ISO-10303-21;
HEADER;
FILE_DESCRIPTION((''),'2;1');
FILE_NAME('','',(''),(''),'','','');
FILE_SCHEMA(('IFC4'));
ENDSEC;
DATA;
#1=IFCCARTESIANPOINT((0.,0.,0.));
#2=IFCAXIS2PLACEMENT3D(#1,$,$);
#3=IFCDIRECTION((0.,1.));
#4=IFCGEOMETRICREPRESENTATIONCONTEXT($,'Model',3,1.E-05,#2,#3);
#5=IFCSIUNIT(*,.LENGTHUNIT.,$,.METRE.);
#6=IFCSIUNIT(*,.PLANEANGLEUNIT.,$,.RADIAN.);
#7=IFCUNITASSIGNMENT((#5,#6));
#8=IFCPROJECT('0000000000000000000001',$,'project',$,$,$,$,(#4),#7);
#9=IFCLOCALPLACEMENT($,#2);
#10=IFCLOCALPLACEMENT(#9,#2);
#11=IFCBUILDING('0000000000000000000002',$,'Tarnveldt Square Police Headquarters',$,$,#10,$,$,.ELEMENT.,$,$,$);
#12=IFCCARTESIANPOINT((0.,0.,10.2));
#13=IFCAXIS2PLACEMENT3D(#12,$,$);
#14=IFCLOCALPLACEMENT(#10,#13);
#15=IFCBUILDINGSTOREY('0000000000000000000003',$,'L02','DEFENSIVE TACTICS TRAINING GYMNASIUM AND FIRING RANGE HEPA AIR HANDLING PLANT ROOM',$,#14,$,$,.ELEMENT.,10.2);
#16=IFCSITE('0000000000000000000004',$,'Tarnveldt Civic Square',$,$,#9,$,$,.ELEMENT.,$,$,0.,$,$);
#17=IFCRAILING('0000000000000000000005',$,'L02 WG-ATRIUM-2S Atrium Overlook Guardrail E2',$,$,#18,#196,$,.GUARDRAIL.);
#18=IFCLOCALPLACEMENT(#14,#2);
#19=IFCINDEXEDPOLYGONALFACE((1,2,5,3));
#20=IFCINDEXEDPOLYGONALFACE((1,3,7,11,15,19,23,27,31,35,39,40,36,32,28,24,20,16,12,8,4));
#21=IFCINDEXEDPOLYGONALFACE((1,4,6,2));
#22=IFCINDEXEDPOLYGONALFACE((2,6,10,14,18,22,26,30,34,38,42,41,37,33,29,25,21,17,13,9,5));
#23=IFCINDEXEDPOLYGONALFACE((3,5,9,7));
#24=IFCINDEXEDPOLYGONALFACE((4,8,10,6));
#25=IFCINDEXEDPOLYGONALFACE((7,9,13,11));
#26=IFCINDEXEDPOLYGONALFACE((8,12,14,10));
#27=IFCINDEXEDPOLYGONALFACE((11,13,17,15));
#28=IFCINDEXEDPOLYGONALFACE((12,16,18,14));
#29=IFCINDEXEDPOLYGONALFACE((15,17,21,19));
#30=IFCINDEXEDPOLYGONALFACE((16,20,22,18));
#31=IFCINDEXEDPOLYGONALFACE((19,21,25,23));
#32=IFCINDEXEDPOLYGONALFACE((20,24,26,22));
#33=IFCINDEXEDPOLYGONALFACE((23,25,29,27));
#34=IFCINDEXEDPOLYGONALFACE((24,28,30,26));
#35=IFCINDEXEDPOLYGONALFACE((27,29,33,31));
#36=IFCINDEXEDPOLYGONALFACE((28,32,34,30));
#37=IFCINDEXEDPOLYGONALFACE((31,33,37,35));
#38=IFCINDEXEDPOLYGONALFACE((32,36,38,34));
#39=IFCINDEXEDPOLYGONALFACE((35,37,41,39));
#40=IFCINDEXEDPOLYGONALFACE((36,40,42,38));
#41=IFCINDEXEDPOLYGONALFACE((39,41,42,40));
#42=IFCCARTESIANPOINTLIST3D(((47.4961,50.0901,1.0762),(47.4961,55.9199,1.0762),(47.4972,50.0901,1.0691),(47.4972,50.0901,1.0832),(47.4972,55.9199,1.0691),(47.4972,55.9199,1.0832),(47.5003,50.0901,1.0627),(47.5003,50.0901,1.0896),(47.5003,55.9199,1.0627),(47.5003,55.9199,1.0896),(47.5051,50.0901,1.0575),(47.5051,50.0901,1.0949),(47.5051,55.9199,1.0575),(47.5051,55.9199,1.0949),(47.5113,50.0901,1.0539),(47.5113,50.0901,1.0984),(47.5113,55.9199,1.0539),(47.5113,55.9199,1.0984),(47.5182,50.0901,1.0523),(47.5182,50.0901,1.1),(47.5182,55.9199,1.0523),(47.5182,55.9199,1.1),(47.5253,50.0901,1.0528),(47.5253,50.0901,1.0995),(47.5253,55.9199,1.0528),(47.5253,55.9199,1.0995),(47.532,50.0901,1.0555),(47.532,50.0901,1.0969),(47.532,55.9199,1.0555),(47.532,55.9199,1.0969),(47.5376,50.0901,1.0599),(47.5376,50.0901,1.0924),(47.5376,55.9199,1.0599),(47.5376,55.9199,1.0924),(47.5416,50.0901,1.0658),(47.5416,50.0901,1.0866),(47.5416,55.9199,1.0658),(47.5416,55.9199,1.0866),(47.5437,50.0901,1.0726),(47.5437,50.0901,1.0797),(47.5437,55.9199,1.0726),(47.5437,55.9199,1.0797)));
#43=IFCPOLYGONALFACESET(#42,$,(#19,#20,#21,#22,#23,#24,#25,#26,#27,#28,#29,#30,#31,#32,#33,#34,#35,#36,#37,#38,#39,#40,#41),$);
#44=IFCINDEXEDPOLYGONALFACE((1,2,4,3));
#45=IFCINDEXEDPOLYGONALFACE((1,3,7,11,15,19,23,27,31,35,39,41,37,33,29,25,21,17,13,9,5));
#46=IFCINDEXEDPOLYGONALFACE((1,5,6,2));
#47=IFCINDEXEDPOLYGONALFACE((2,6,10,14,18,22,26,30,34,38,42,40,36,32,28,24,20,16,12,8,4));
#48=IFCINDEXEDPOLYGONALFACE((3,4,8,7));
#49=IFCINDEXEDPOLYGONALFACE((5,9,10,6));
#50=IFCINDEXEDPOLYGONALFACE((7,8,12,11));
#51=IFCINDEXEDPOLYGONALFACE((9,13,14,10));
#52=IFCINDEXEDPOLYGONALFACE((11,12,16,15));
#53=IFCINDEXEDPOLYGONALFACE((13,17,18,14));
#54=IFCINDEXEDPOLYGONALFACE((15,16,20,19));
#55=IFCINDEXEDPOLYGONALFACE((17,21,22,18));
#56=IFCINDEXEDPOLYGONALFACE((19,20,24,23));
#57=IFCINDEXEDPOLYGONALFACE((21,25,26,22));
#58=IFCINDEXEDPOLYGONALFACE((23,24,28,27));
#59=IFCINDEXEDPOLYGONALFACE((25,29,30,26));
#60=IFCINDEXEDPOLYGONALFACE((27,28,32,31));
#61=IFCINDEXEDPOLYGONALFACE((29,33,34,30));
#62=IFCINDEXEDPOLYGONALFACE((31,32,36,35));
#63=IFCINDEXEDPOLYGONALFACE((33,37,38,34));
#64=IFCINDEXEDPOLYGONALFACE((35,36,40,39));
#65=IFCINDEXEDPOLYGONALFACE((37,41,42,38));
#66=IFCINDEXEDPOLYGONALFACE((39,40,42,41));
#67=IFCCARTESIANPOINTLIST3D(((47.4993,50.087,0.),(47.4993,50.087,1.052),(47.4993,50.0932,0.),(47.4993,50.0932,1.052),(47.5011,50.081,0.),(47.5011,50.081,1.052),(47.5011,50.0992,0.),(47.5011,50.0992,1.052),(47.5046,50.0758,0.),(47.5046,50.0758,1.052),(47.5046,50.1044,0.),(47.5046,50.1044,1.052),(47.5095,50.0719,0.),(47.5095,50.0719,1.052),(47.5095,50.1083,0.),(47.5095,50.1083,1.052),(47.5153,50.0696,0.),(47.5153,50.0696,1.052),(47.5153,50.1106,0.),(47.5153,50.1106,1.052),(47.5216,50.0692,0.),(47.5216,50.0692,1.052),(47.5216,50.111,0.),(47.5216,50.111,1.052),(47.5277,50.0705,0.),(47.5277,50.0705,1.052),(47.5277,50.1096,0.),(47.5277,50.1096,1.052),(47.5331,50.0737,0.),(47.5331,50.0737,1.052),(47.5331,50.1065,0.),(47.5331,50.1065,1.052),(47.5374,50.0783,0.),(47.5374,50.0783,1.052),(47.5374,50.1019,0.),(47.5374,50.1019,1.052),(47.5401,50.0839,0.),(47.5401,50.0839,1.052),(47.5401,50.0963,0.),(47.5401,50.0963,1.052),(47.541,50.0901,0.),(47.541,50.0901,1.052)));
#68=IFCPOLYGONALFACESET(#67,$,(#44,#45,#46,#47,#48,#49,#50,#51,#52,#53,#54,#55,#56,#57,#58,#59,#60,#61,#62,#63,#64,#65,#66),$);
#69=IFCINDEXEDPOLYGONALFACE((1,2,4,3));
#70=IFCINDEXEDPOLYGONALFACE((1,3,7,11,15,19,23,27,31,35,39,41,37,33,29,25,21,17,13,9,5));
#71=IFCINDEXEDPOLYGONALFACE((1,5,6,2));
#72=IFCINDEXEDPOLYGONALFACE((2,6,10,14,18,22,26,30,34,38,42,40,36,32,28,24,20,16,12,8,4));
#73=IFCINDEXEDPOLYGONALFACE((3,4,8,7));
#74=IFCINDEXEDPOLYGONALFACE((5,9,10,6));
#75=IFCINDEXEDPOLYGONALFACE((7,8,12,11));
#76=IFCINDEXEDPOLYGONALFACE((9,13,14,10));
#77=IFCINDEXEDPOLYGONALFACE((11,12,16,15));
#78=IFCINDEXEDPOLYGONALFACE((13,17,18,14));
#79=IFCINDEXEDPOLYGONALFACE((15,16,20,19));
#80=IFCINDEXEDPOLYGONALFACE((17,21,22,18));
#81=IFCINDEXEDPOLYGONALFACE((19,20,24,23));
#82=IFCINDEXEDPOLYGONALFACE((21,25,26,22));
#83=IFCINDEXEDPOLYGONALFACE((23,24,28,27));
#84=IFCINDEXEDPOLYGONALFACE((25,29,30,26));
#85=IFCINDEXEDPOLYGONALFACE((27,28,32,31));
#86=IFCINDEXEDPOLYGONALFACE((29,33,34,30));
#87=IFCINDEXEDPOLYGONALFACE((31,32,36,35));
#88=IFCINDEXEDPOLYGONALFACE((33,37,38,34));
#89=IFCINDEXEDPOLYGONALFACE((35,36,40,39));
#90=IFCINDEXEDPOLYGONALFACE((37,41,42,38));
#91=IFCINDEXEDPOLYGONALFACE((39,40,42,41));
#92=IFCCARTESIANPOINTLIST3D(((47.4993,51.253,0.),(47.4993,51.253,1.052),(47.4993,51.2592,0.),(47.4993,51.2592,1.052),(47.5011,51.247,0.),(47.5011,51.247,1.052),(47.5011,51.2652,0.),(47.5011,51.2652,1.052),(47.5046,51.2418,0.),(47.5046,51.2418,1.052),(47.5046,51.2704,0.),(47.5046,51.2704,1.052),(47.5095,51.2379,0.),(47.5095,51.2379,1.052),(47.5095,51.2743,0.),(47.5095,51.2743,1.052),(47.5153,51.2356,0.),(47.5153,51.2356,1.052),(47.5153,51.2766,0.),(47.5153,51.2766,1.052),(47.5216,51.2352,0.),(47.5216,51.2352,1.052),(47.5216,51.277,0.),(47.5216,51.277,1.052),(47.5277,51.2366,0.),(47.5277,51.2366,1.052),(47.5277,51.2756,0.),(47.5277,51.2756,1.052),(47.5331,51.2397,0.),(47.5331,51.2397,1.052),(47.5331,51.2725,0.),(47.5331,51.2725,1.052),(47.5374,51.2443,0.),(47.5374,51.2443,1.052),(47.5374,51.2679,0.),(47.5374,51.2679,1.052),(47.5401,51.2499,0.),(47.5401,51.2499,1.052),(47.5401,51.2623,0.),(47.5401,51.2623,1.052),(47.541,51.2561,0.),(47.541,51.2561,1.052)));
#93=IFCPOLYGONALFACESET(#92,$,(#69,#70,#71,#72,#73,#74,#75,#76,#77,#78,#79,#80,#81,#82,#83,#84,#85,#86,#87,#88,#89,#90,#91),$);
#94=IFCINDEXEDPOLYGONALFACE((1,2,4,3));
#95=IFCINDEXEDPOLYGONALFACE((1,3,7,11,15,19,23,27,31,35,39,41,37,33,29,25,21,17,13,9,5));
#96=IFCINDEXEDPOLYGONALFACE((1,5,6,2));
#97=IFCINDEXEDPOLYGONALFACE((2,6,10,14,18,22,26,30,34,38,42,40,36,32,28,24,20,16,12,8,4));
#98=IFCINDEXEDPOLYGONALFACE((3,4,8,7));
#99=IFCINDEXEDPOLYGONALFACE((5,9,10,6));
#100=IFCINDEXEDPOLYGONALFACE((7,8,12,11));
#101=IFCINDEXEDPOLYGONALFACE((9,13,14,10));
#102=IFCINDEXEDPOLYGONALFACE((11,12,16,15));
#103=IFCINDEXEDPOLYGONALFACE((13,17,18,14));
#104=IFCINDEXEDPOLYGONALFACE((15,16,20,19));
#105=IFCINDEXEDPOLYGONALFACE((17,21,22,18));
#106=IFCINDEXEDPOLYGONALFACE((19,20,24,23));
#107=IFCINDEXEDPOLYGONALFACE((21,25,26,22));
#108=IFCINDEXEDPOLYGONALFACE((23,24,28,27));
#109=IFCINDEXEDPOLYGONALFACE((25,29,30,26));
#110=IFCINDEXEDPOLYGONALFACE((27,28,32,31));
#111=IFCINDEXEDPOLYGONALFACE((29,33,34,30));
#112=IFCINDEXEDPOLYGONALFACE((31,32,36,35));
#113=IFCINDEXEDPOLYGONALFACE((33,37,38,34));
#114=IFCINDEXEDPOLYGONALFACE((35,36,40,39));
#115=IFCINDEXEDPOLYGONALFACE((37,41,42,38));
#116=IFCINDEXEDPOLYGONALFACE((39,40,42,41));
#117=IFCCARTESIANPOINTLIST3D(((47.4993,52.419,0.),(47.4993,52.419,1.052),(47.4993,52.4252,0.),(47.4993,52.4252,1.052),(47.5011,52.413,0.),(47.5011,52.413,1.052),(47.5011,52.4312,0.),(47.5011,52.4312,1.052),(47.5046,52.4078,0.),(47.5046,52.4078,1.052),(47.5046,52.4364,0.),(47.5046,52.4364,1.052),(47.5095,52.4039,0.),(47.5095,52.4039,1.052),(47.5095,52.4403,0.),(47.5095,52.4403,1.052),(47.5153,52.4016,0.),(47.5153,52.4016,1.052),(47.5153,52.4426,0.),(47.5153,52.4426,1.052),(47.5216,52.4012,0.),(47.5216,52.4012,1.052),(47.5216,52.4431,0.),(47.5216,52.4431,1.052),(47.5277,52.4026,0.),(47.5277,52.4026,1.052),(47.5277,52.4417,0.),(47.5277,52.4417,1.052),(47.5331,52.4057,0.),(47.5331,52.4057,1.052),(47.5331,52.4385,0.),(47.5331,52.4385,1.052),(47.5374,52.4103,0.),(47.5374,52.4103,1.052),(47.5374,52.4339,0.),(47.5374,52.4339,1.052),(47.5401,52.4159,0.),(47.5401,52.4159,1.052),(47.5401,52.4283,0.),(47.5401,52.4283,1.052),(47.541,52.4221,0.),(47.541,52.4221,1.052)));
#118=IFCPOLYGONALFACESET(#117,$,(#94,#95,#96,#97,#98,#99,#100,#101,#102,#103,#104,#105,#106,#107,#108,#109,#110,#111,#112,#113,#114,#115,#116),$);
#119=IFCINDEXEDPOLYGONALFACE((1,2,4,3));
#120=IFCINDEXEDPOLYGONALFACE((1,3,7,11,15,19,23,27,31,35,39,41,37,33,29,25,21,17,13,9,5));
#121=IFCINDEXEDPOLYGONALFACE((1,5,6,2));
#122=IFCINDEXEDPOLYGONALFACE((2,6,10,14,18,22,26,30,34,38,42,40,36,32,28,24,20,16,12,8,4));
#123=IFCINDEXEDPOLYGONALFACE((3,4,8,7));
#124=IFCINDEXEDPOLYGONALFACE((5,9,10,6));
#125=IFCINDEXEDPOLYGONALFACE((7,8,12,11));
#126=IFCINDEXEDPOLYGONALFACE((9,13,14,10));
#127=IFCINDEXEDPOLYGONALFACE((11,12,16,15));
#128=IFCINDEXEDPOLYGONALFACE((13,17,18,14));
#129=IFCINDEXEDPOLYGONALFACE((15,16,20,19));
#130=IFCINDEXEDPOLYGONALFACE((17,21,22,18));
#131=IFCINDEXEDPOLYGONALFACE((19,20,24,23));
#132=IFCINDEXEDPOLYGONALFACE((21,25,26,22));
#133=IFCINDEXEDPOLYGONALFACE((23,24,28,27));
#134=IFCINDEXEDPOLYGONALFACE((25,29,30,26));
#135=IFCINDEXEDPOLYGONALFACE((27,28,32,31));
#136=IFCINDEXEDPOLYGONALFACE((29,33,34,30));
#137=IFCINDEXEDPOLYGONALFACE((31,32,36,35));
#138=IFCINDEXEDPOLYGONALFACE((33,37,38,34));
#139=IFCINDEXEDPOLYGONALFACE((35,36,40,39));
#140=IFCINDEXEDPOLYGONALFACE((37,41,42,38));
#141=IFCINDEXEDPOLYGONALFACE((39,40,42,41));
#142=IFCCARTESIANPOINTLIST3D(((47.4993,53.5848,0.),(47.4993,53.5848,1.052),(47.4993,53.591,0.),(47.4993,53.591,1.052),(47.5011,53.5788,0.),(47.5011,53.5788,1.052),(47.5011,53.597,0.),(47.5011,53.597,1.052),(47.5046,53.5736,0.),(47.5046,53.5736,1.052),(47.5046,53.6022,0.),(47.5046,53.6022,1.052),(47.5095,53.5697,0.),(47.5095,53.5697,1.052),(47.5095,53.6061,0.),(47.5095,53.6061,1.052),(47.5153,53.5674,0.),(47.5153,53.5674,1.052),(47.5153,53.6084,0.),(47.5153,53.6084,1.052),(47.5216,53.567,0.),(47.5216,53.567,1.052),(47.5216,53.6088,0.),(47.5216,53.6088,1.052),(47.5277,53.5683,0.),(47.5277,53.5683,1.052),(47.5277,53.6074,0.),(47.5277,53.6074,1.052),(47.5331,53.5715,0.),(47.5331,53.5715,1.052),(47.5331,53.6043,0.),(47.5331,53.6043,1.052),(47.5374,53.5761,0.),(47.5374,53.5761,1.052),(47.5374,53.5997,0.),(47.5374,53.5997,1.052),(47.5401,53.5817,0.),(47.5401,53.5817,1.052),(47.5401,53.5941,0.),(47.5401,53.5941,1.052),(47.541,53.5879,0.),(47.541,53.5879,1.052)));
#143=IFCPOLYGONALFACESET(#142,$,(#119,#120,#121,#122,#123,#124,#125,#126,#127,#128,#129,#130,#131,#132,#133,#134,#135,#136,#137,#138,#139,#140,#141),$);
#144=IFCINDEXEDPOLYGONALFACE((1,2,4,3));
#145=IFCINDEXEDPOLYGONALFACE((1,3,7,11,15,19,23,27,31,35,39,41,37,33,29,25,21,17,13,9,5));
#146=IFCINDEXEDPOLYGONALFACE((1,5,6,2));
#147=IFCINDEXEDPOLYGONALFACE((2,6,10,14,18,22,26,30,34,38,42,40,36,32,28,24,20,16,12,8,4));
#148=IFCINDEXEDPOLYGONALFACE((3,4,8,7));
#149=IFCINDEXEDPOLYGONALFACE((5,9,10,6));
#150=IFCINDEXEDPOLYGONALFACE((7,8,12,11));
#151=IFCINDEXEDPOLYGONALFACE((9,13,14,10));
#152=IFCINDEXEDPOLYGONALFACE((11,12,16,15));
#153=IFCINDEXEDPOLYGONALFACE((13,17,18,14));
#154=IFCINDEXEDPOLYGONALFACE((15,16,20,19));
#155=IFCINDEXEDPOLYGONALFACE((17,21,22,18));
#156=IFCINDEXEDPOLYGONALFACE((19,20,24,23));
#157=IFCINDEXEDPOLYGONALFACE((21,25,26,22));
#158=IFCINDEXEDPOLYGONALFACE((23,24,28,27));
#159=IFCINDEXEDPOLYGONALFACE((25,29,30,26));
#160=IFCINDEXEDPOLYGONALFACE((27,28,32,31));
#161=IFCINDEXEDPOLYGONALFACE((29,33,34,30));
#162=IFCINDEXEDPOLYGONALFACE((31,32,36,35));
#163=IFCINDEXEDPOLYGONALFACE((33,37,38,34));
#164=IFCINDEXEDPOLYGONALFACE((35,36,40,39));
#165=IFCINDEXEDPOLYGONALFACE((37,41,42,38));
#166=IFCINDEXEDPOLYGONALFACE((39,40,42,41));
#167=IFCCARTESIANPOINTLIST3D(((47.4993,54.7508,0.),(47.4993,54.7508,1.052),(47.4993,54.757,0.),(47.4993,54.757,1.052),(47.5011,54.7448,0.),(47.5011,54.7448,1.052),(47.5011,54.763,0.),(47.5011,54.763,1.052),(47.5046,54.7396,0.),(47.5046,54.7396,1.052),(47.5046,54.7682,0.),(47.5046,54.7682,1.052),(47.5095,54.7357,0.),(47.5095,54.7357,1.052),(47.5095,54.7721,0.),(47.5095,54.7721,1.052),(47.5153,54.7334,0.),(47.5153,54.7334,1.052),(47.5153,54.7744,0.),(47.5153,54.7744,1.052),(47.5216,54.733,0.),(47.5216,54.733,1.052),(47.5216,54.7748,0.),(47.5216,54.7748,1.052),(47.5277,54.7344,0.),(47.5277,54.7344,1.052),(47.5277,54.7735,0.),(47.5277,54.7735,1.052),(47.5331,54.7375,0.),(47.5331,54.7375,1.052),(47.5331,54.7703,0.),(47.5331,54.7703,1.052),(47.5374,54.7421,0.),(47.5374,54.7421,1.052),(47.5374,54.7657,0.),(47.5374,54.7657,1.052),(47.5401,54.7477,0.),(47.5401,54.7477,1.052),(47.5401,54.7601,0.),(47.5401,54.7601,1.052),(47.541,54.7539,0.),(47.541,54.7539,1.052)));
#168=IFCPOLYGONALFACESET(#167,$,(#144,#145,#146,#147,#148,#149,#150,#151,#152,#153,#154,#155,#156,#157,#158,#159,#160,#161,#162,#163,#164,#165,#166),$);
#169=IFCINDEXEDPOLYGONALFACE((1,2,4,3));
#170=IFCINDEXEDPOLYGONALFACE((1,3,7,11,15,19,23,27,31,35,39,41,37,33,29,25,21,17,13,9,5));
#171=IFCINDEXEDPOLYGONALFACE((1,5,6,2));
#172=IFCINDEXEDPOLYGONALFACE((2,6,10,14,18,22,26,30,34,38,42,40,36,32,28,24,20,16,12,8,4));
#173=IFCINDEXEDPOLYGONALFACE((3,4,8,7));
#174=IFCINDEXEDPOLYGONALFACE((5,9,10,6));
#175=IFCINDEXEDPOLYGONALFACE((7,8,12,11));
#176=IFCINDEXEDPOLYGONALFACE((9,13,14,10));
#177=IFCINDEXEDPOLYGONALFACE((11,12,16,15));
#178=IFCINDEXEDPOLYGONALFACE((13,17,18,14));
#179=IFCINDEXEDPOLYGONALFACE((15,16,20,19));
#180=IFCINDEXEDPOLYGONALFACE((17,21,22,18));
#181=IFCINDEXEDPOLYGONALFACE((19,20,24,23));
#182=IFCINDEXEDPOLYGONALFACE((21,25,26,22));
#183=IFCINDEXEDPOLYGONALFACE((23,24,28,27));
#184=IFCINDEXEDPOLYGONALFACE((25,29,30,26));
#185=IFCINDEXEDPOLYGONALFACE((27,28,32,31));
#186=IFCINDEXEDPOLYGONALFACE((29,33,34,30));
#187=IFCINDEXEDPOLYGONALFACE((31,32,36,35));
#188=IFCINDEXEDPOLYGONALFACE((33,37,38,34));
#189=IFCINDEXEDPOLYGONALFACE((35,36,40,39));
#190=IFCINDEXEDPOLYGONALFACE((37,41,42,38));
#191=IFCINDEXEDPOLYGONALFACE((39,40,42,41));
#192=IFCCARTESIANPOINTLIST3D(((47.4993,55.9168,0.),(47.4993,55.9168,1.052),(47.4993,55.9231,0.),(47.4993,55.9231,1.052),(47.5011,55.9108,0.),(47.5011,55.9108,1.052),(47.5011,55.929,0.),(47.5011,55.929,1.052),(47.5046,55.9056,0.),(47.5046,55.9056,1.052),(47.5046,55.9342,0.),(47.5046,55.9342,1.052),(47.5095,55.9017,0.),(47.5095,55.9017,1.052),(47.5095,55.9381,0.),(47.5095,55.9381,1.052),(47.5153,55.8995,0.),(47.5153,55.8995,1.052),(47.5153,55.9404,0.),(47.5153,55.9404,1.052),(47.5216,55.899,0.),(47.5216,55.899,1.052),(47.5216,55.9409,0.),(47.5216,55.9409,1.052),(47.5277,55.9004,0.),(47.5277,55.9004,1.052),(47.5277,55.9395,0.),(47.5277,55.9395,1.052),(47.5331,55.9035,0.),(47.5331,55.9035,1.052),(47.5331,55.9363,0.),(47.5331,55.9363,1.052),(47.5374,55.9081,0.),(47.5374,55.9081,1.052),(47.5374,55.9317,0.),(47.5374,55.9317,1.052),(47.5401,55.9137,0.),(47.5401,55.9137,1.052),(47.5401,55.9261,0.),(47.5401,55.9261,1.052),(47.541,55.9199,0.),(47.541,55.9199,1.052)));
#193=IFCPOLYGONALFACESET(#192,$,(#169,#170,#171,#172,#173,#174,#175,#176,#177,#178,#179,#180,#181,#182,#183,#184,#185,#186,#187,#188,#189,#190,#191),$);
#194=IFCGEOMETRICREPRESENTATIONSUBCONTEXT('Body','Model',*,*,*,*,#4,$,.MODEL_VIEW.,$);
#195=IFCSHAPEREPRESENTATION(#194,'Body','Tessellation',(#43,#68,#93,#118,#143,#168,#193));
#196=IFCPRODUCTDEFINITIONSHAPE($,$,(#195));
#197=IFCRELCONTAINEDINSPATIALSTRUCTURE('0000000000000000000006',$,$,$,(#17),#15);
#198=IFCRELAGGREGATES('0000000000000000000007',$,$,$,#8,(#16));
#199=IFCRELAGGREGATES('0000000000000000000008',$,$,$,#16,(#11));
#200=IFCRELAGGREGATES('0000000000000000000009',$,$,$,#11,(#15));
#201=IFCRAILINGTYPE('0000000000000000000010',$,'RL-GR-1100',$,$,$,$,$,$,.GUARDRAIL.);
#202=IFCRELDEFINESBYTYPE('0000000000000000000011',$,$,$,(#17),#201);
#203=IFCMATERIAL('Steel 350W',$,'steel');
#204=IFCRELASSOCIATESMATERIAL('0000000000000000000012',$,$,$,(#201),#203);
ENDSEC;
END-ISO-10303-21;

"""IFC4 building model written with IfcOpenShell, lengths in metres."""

from ifc_helpers import new_model, si_unit, direction, frame, origin, origin_2d, place, context, subcontext, project, spatial, circle, extrude, material, type_object, element, save


model = new_model("IFC4")

# Units and contexts
model_context = context("Model", 3, precision=1e-05, world=origin(), true_north=direction((0.0, 1.0)))
body_context = subcontext(model_context, "Body", "Model", "MODEL_VIEW")
ifc_project = project(units=[si_unit("LENGTHUNIT", "METRE"), si_unit("PLANEANGLEUNIT", "RADIAN")], contexts=[model_context])

# Site, building, storey
site_placement = place(None, origin())
site = spatial("IfcSite", under=ifc_project, at=site_placement, Name="Tarnveldt Civic Square", CompositionType="ELEMENT", RefElevation=0.0)
building_placement = place(site_placement, origin())
building = spatial("IfcBuilding", under=site, at=building_placement, Name="Tarnveldt Square Police Headquarters", CompositionType="ELEMENT")
storey_placement = place(building_placement, frame((0.0, 0.0, 10.2)))
storey = spatial("IfcBuildingStorey", under=building, at=storey_placement, Name="L02", Description="DEFENSIVE TACTICS TRAINING GYMNASIUM AND FIRING RANGE HEPA AIR HANDLING PLANT ROOM", CompositionType="ELEMENT", Elevation=10.2)

# Shared definitions
ifc_material_1 = material(Name="Steel 350W", Category="steel")

# Railing
railing_type = type_object("IfcRailingType", Name="RL-GR-1100", PredefinedType="GUARDRAIL", material=ifc_material_1)
railing_1_placement = place(storey_placement, frame((47.52, 50.0901, 0.0)))
element("IfcRailing", 1, at=railing_1_placement, inside=storey, type_object=railing_type, Name="L02 WG-ATRIUM-2S Atrium Overlook Guardrail E2", PredefinedType="GUARDRAIL", context=body_context, shape_type="SweptSolid", body=[
    extrude(circle(Radius=0.0239, at=origin_2d()), frame((0.0, 0.0, 1.0762), z_axis=(0.0, 1.0, 0.0), x_axis=(-1.0, 0.0, 0.0)), (0.0, 0.0, 1.0), 5.8298),
    extrude(circle(Radius=0.021, at=origin_2d()), origin(), (0.0, 0.0, 1.0), 1.052),
    extrude(circle(Radius=0.021, at=origin_2d()), frame((0.0, 1.166, 0.0)), (0.0, 0.0, 1.0), 1.052),
    extrude(circle(Radius=0.021, at=origin_2d()), frame((0.0, 2.332, 0.0)), (0.0, 0.0, 1.0), 1.052),
    extrude(circle(Radius=0.021, at=origin_2d()), frame((0.0, 3.4978, 0.0)), (0.0, 0.0, 1.0), 1.052),
    extrude(circle(Radius=0.021, at=origin_2d()), frame((0.0, 4.6638, 0.0)), (0.0, 0.0, 1.0), 1.052),
    extrude(circle(Radius=0.021, at=origin_2d()), frame((0.0, 5.8298, 0.0)), (0.0, 0.0, 1.0), 1.052),
])

save(model, "model.ifc")
